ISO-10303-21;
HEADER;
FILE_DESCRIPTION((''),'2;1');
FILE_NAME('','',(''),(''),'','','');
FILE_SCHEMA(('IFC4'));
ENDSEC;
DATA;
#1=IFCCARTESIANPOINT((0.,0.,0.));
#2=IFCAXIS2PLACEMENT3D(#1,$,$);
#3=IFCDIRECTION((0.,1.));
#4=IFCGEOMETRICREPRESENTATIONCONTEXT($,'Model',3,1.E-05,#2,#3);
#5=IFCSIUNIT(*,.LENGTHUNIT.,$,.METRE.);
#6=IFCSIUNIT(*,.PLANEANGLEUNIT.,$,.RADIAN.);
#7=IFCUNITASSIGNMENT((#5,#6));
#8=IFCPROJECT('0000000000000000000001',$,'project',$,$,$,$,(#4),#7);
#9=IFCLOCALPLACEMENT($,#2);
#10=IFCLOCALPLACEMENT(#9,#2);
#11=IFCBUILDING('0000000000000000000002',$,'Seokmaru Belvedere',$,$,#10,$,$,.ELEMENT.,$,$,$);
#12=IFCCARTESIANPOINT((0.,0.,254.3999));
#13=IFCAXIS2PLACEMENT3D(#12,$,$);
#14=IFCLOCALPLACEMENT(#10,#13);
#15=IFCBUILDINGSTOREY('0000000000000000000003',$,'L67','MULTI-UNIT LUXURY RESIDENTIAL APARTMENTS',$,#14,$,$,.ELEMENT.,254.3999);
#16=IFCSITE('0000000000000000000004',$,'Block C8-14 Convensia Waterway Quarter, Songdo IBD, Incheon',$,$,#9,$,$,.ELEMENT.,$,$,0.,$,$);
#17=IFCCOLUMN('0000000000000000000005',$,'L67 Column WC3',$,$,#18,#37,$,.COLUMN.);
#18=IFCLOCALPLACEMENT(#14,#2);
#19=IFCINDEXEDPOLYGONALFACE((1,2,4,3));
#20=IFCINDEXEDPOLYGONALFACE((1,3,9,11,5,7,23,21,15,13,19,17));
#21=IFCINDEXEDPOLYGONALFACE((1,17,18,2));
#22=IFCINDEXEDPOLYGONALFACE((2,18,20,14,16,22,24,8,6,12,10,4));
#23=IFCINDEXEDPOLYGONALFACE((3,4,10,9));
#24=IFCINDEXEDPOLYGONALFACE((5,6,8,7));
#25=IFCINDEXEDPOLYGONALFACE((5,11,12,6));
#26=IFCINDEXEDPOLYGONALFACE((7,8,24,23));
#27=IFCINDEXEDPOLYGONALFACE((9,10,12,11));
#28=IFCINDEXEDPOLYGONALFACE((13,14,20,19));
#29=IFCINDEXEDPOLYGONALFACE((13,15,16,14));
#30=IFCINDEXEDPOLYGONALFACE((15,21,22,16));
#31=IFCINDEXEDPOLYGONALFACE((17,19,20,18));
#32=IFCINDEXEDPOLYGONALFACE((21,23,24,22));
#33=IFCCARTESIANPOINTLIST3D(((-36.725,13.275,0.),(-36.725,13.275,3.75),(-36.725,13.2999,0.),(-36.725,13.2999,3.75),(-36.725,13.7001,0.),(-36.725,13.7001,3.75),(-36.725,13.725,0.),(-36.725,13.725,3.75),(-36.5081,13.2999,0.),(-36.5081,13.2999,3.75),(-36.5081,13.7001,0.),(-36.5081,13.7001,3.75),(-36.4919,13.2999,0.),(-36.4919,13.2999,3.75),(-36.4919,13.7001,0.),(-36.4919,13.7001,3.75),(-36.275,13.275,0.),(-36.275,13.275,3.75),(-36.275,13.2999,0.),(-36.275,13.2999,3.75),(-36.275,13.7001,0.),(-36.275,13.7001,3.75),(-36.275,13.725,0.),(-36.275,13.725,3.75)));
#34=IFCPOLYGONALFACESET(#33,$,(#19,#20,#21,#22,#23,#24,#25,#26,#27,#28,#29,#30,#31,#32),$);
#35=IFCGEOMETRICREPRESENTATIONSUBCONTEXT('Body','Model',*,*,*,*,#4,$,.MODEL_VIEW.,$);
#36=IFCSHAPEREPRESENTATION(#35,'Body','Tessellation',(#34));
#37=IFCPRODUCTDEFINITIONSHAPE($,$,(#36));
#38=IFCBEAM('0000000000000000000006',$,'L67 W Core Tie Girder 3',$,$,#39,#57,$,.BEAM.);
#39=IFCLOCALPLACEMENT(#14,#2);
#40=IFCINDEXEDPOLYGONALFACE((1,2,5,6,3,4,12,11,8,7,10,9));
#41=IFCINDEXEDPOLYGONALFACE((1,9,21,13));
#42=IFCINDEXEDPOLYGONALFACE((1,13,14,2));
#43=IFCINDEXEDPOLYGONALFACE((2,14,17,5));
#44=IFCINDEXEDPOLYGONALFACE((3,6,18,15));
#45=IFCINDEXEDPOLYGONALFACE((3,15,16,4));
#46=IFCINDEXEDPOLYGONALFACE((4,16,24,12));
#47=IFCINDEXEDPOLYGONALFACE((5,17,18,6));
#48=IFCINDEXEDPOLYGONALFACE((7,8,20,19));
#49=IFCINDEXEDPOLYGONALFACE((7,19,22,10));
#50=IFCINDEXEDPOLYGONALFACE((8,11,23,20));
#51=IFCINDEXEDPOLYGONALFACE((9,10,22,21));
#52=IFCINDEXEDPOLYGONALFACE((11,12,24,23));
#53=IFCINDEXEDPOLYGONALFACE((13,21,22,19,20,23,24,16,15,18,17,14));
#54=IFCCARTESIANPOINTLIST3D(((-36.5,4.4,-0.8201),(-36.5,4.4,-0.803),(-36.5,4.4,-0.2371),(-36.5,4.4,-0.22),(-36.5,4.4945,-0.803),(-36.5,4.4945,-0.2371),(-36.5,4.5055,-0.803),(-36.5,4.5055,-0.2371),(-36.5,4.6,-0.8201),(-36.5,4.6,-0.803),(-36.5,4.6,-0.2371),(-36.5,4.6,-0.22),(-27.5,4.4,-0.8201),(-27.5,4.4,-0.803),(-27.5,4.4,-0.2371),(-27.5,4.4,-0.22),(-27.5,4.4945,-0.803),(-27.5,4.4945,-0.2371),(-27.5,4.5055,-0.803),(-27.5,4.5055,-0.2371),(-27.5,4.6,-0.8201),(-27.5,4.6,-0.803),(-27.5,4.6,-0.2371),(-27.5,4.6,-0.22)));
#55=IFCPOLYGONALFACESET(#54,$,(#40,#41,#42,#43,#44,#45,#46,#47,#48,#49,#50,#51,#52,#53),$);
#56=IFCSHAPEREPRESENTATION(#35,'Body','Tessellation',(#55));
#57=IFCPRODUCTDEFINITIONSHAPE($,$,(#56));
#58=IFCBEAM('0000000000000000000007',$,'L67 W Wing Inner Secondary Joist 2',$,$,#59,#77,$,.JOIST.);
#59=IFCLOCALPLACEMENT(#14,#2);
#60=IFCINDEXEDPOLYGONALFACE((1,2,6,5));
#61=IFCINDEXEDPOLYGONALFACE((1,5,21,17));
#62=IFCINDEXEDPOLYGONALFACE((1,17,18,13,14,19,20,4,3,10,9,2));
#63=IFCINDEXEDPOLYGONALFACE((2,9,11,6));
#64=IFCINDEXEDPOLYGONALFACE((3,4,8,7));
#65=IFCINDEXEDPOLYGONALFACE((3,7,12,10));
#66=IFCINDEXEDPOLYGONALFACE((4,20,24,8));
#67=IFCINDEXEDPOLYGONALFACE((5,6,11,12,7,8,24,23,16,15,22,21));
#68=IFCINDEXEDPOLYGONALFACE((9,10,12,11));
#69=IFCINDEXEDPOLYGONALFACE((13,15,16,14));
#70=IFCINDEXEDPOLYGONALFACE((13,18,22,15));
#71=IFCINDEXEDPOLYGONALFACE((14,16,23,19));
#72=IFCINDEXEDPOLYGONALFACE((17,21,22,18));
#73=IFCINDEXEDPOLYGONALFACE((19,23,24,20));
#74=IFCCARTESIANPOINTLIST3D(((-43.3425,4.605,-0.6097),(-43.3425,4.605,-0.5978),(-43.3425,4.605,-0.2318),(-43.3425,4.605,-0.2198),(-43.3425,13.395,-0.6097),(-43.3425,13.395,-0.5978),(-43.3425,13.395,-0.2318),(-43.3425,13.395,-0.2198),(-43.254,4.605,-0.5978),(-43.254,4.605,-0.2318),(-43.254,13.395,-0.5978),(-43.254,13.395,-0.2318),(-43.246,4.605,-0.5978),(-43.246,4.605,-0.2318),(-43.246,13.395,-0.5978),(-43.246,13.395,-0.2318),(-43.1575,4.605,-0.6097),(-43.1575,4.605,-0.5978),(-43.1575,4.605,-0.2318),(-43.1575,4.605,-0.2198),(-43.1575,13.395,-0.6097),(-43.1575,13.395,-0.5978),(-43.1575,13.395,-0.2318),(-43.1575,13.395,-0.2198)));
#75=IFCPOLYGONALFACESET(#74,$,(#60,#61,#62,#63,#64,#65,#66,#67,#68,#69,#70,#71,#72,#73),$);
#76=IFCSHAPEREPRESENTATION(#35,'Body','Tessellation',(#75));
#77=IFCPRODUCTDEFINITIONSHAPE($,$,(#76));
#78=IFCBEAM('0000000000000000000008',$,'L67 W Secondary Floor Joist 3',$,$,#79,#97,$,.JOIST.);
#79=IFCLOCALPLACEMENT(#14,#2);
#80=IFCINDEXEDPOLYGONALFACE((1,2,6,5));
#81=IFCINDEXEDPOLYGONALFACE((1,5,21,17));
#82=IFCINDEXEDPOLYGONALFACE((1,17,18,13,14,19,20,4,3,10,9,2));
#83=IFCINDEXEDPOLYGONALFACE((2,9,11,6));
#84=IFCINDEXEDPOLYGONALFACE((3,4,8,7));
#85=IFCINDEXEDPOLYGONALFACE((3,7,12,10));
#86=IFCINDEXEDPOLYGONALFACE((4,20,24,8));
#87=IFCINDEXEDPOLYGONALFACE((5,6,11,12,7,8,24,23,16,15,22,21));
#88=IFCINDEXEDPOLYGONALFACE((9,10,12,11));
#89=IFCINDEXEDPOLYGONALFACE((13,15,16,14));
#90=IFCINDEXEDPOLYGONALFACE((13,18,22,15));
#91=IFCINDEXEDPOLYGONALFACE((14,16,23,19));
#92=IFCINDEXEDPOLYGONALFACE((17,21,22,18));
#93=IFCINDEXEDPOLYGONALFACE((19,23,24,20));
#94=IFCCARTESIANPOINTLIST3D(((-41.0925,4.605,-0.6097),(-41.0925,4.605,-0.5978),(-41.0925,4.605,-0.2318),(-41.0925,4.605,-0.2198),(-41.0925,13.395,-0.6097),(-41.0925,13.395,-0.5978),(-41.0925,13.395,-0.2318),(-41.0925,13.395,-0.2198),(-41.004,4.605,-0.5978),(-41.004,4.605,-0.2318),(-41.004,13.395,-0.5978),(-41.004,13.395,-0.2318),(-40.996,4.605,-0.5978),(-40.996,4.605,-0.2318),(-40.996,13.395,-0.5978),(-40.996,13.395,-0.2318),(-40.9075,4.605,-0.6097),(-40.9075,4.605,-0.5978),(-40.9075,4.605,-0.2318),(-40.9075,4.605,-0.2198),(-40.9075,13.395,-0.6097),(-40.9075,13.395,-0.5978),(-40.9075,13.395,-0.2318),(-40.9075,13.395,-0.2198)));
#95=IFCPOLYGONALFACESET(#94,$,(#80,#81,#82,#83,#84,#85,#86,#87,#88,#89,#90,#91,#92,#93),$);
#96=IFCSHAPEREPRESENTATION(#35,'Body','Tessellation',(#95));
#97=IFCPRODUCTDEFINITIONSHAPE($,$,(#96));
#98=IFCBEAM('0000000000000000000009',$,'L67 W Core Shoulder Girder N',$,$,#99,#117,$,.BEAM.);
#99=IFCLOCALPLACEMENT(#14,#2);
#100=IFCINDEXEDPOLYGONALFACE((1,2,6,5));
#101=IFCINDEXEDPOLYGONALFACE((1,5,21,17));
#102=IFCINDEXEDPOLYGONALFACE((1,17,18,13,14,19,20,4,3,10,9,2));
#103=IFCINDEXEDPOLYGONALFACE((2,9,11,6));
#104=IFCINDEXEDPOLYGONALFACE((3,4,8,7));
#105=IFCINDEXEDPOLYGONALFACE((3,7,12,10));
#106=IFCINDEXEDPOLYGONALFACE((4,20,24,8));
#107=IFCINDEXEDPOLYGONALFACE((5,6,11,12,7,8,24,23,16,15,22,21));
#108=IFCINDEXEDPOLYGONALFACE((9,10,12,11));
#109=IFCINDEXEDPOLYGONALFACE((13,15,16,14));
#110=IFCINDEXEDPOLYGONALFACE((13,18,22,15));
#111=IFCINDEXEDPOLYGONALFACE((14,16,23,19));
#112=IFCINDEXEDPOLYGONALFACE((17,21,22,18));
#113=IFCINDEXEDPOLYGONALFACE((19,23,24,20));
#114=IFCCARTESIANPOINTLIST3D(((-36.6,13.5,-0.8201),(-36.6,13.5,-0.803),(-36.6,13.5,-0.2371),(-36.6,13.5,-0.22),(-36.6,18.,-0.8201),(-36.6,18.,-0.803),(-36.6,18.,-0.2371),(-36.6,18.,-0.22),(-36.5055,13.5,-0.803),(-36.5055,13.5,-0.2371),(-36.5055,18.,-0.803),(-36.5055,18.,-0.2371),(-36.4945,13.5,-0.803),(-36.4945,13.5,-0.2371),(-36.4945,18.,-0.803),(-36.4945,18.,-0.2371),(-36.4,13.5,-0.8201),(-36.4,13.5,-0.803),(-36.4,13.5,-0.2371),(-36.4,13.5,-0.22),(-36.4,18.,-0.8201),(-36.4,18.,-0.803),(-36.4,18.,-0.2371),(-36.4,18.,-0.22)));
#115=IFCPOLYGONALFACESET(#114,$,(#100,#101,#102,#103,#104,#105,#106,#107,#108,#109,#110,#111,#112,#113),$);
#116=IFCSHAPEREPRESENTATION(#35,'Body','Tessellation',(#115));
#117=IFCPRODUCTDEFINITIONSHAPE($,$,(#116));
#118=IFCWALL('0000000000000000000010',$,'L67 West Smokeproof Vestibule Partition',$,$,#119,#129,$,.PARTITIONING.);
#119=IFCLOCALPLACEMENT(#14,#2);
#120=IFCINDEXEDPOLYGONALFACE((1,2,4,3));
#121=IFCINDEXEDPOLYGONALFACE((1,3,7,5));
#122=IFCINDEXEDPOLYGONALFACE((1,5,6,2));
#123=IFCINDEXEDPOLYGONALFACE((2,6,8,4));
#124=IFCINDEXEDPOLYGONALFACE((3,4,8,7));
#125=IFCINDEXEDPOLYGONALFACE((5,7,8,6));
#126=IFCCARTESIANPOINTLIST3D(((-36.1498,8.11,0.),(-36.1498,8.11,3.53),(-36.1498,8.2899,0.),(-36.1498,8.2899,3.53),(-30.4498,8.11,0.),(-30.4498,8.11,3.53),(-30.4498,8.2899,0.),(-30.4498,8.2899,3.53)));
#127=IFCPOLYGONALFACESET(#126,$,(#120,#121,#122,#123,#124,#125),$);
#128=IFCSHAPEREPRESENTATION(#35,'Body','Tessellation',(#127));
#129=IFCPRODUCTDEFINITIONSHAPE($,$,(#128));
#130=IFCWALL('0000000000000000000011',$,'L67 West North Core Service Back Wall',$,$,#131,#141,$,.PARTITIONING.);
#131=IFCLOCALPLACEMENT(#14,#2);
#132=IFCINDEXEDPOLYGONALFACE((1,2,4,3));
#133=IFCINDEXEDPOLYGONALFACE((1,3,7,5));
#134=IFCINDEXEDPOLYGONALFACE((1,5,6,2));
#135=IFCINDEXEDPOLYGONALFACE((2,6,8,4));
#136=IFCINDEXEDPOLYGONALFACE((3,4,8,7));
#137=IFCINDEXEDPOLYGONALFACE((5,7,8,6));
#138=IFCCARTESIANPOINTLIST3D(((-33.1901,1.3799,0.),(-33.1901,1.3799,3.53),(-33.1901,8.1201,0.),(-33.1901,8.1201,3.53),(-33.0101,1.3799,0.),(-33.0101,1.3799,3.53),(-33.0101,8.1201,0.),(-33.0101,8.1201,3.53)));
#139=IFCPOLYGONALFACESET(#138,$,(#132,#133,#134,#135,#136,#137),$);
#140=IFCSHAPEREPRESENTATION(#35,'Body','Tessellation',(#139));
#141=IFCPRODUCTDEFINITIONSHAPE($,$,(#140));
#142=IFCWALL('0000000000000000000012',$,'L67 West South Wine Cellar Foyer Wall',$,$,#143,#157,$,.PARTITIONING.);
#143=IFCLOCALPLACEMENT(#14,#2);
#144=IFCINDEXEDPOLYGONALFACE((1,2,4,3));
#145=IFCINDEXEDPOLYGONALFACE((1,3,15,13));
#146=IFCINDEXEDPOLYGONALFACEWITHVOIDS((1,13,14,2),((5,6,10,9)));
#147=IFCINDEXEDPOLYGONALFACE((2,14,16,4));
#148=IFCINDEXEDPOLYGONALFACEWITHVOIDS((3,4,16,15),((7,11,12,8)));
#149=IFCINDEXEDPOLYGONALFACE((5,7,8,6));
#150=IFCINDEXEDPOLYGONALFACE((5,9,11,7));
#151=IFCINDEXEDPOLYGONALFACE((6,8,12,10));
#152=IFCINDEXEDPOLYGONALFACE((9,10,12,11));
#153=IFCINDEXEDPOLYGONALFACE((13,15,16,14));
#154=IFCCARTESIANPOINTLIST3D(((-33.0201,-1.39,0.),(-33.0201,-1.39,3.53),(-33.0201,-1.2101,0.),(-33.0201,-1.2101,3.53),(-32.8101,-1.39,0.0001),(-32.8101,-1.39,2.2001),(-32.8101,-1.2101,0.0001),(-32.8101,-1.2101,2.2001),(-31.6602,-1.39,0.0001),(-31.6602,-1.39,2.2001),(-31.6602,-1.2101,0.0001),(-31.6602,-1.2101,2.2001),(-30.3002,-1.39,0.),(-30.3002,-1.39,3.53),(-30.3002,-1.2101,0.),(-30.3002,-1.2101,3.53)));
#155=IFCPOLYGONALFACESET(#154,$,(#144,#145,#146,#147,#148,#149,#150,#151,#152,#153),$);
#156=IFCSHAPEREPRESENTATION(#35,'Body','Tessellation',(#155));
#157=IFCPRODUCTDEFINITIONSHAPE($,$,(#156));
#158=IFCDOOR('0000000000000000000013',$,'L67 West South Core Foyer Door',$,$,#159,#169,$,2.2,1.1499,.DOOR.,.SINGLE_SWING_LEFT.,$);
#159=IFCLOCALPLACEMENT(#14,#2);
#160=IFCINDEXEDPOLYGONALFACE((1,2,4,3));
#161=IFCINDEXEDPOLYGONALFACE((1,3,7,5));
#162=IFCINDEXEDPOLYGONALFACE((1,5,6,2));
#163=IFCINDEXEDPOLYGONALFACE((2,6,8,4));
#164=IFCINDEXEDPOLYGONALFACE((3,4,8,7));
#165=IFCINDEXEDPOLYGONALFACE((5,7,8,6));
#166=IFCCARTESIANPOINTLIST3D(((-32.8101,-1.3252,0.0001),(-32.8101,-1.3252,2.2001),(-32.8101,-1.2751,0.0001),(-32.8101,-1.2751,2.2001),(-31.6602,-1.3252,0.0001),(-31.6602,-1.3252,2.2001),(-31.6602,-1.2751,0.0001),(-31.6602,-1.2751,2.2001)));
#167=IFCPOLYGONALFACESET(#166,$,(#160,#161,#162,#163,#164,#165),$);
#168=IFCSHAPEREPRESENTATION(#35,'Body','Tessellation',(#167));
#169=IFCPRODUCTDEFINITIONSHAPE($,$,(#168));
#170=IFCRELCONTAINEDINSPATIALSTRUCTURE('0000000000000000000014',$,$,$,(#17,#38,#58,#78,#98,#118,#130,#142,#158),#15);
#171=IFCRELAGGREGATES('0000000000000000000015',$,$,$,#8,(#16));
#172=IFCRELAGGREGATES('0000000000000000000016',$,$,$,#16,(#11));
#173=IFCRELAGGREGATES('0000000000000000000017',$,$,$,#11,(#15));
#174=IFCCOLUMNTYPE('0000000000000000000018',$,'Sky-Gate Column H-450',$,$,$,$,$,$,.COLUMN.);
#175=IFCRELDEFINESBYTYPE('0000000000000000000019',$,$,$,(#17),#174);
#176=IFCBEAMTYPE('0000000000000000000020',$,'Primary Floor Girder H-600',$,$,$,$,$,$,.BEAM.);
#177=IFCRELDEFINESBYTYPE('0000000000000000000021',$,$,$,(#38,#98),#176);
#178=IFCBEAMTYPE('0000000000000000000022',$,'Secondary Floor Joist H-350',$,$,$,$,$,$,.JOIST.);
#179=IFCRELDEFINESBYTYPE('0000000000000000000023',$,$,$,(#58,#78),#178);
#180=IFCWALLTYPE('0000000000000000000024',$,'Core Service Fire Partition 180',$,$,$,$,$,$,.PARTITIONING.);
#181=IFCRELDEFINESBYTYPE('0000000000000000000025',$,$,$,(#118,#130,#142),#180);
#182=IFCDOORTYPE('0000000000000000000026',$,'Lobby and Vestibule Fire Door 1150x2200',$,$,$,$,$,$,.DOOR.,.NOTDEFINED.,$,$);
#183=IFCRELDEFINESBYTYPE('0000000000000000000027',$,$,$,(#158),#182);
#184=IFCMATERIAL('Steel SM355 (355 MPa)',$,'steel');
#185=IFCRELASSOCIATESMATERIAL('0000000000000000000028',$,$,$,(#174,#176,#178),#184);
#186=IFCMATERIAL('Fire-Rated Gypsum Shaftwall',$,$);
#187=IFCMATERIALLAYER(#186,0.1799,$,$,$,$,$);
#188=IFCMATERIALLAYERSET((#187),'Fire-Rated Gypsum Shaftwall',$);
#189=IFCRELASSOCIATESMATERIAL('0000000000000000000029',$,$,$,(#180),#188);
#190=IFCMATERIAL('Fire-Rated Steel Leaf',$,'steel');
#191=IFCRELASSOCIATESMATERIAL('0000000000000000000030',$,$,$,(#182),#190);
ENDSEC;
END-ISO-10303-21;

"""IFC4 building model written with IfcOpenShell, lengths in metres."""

from ifc_helpers import new_model, si_unit, direction, frame, frame_2d, origin, origin_2d, place, context, subcontext, project, spatial, rectangle, i_section, extrude, source, transform, mapped, material, layer, layer_set, material_profile, profile_set, type_object, type_shapes, element, fill, save


model = new_model("IFC4")

# Units and contexts
model_context = context("Model", 3, precision=1e-05, world=origin(), true_north=direction((0.0, 1.0)))
body_context = subcontext(model_context, "Body", "Model", "MODEL_VIEW")
ifc_project = project(units=[si_unit("LENGTHUNIT", "METRE"), si_unit("PLANEANGLEUNIT", "RADIAN")], contexts=[model_context])

# Site, building, storey
site_placement = place(None, origin())
site = spatial("IfcSite", under=ifc_project, at=site_placement, Name="Block C8-14 Convensia Waterway Quarter, Songdo IBD, Incheon", CompositionType="ELEMENT", RefElevation=0.0)
building_placement = place(site_placement, origin())
building = spatial("IfcBuilding", under=site, at=building_placement, Name="Seokmaru Belvedere", CompositionType="ELEMENT")
storey_placement = place(building_placement, frame((0.0, 0.0, 254.3999)))
storey = spatial("IfcBuildingStorey", under=building, at=storey_placement, Name="L67", Description="MULTI-UNIT LUXURY RESIDENTIAL APARTMENTS", CompositionType="ELEMENT", Elevation=254.3999)

# Column
ifc_material_1 = material(Name="Steel SM355 (355 MPa)", Category="steel")
ifc_material_profile_1 = material_profile(ifc_material_1, i_section(OverallWidth=0.45, OverallDepth=0.45, WebThickness=0.0161, FlangeThickness=0.0249, at=origin_2d()), Name="H-450x450x16x25")
ifc_profile_set_1 = profile_set([ifc_material_profile_1], Name="Steel SM355 (355 MPa)")
column_type = type_object("IfcColumnType", Name="Sky-Gate Column H-450", PredefinedType="COLUMN", material=ifc_profile_set_1)
shared_shape_1 = source(origin(), body_context, "Body", "SweptSolid", [
    extrude(i_section(OverallWidth=0.45, OverallDepth=0.45, WebThickness=0.0161, FlangeThickness=0.0249, at=origin_2d()), origin(), (0.0, 0.0, 1.0), 3.75),
])
type_shapes(column_type, [shared_shape_1])
column_placement = place(storey_placement, frame((-36.5, 13.5, 0.0), z_axis=(0.0, 0.0, 1.0), x_axis=(1.0, 0.0, 0.0)))
element("IfcColumn", 1, at=column_placement, inside=storey, type_object=column_type, Name="L67 Column WC3", PredefinedType="COLUMN", context=body_context, shape_type="MappedRepresentation", body=[
    mapped(shared_shape_1, transform((0.0, 0.0, 0.0), scale=1.0)),
])

# Beams
ifc_material_profile_2 = material_profile(ifc_material_1, i_section(OverallWidth=0.2, OverallDepth=0.6001, WebThickness=0.011, FlangeThickness=0.0171, at=origin_2d()), Name="H-600x200x11x17")
ifc_profile_set_2 = profile_set([ifc_material_profile_2], Name="Steel SM355 (355 MPa)")
beam_type_1 = type_object("IfcBeamType", Name="Primary Floor Girder H-600", PredefinedType="BEAM", material=ifc_profile_set_2)
shared_shape_2 = source(origin(), body_context, "Body", "SweptSolid", [
    extrude(i_section(OverallWidth=0.2, OverallDepth=0.6001, WebThickness=0.011, FlangeThickness=0.0171, at=origin_2d()), origin(), (0.0, 0.0, 1.0), 9.0),
])
beam_1_placement = place(storey_placement, frame((-36.5, 4.5, -0.52), z_axis=(1.0, 0.0, 0.0), x_axis=(0.0, 1.0, 0.0)))
element("IfcBeam", 2, at=beam_1_placement, inside=storey, type_object=beam_type_1, Name="L67 W Core Tie Girder 3", PredefinedType="BEAM", context=body_context, shape_type="MappedRepresentation", body=[
    mapped(shared_shape_2, transform((0.0, 0.0, 0.0), scale=1.0)),
])
ifc_material_profile_3 = material_profile(ifc_material_1, i_section(OverallWidth=0.1851, OverallDepth=0.3899, WebThickness=0.0081, FlangeThickness=0.012, at=origin_2d()), Name="H-390x185x8x12")
ifc_profile_set_3 = profile_set([ifc_material_profile_3], Name="Steel SM355 (355 MPa)")
beam_type_2 = type_object("IfcBeamType", Name="Secondary Floor Joist H-350", PredefinedType="JOIST", material=ifc_profile_set_3)
shared_shape_3 = source(origin(), body_context, "Body", "SweptSolid", [
    extrude(i_section(OverallWidth=0.1851, OverallDepth=0.3899, WebThickness=0.0081, FlangeThickness=0.012, at=origin_2d()), origin(), (0.0, 0.0, 1.0), 8.79),
])
type_shapes(beam_type_2, [shared_shape_3])
for number, where, z_axis, x_axis, name in (
    (3, (-43.25, 4.605, -0.4148), (0.0, 1.0, 0.0), (-1.0, 0.0, 0.0), "L67 W Wing Inner Secondary Joist 2"),
    (4, (-41.0, 4.605, -0.4148), (0.0, 1.0, 0.0), (-1.0, 0.0, 0.0), "L67 W Secondary Floor Joist 3"),
):
    element("IfcBeam", number, at=place(storey_placement, frame(where, z_axis=z_axis, x_axis=x_axis)), inside=storey, type_object=beam_type_2, Name=name, PredefinedType="JOIST", context=body_context, shape_type="MappedRepresentation", body=[
        mapped(shared_shape_3, transform((0.0, 0.0, 0.0), scale=1.0)),
    ])
shared_shape_4 = source(origin(), body_context, "Body", "SweptSolid", [
    extrude(i_section(OverallWidth=0.2, OverallDepth=0.6001, WebThickness=0.011, FlangeThickness=0.0171, at=origin_2d()), origin(), (0.0, 0.0, 1.0), 4.5),
])
type_shapes(beam_type_1, [shared_shape_2, shared_shape_4])
beam_2_placement = place(storey_placement, frame((-36.5, 13.5, -0.52), z_axis=(0.0, 1.0, 0.0), x_axis=(-1.0, 0.0, 0.0)))
element("IfcBeam", 5, at=beam_2_placement, inside=storey, type_object=beam_type_1, Name="L67 W Core Shoulder Girder N", PredefinedType="BEAM", context=body_context, shape_type="MappedRepresentation", body=[
    mapped(shared_shape_4, transform((0.0, 0.0, 0.0), scale=1.0)),
])

# Walls
ifc_material_2 = material(Name="Fire-Rated Gypsum Shaftwall")
ifc_layer_1 = layer(ifc_material_2, 0.1799)
ifc_layer_set_1 = layer_set([ifc_layer_1], Name="Fire-Rated Gypsum Shaftwall")
wall_type_1 = type_object("IfcWallType", Name="Core Service Fire Partition 180", PredefinedType="PARTITIONING", material=ifc_layer_set_1)
wall_1_placement = place(storey_placement, frame((-36.1499, 8.2, 0.0), z_axis=(0.0, 0.0, 1.0), x_axis=(1.0, 0.0, 0.0)))
element("IfcWall", 6, at=wall_1_placement, inside=storey, type_object=wall_type_1, Name="L67 West Smokeproof Vestibule Partition", PredefinedType="PARTITIONING", context=body_context, shape_type="SweptSolid", body=[
    extrude(rectangle(XDim=5.7, YDim=0.1799, at=frame_2d((2.8501, 0.0))), origin(), (0.0, 0.0, 1.0), 3.53),
])
wall_2_placement = place(storey_placement, frame((-33.1001, 1.3799, 0.0), z_axis=(0.0, 0.0, 1.0), x_axis=(0.0, 1.0, 0.0)))
element("IfcWall", 7, at=wall_2_placement, inside=storey, type_object=wall_type_1, Name="L67 West North Core Service Back Wall", PredefinedType="PARTITIONING", context=body_context, shape_type="SweptSolid", body=[
    extrude(rectangle(XDim=6.7402, YDim=0.1799, at=frame_2d((3.3701, 0.0))), origin(), (0.0, 0.0, 1.0), 3.53),
])

# Wall, opening, door
wall_3_placement = place(storey_placement, frame((-33.02, -1.3, 0.0), z_axis=(0.0, 0.0, 1.0), x_axis=(1.0, 0.0, 0.0)))
wall_3 = element("IfcWall", 8, at=wall_3_placement, inside=storey, type_object=wall_type_1, Name="L67 West South Wine Cellar Foyer Wall", PredefinedType="PARTITIONING", context=body_context, shape_type="SweptSolid", body=[
    extrude(rectangle(XDim=2.72, YDim=0.1799, at=frame_2d((1.3599, 0.0))), origin(), (0.0, 0.0, 1.0), 3.53),
])
opening_1_placement = place(wall_3_placement, frame((0.21, 0.0, 0.0)))
opening_1 = element("IfcOpeningElement", 9, at=opening_1_placement, cuts=wall_3, PredefinedType="OPENING", context=body_context, shape_type="SweptSolid", body=[
    extrude(rectangle(XDim=1.1499, YDim=2.2, at=frame_2d((0.575, 1.1001))), frame((0.0, 0.1001, 0.0), z_axis=(0.0, -1.0, 0.0), x_axis=(1.0, 0.0, 0.0)), (0.0, 0.0, 1.0), 0.2),
])
ifc_material_3 = material(Name="Fire-Rated Steel Leaf", Category="steel")
door_type_1 = type_object("IfcDoorType", Name="Lobby and Vestibule Fire Door 1150x2200", OperationType="NOTDEFINED", PredefinedType="DOOR", material=ifc_material_3)
shared_shape_5 = source(origin(), body_context, "Body", "SweptSolid", [
    extrude(rectangle(XDim=1.1499, YDim=2.2, at=frame_2d((0.575, 1.1001))), frame((0.0, 0.0249, 0.0), z_axis=(0.0, -1.0, 0.0), x_axis=(1.0, 0.0, 0.0)), (0.0, 0.0, 1.0), 0.05),
])
type_shapes(door_type_1, [shared_shape_5])
door_1_placement = place(opening_1_placement, origin())
door_1 = element("IfcDoor", 10, at=door_1_placement, inside=storey, type_object=door_type_1, Name="L67 West South Core Foyer Door", OperationType="SINGLE_SWING_LEFT", OverallHeight=2.2, OverallWidth=1.1499, PredefinedType="DOOR", context=body_context, shape_type="MappedRepresentation", body=[
    mapped(shared_shape_5, transform((0.0, 0.0, 0.0), scale=1.0)),
])
fill(opening_1, door_1)

save(model, "model.ifc")
